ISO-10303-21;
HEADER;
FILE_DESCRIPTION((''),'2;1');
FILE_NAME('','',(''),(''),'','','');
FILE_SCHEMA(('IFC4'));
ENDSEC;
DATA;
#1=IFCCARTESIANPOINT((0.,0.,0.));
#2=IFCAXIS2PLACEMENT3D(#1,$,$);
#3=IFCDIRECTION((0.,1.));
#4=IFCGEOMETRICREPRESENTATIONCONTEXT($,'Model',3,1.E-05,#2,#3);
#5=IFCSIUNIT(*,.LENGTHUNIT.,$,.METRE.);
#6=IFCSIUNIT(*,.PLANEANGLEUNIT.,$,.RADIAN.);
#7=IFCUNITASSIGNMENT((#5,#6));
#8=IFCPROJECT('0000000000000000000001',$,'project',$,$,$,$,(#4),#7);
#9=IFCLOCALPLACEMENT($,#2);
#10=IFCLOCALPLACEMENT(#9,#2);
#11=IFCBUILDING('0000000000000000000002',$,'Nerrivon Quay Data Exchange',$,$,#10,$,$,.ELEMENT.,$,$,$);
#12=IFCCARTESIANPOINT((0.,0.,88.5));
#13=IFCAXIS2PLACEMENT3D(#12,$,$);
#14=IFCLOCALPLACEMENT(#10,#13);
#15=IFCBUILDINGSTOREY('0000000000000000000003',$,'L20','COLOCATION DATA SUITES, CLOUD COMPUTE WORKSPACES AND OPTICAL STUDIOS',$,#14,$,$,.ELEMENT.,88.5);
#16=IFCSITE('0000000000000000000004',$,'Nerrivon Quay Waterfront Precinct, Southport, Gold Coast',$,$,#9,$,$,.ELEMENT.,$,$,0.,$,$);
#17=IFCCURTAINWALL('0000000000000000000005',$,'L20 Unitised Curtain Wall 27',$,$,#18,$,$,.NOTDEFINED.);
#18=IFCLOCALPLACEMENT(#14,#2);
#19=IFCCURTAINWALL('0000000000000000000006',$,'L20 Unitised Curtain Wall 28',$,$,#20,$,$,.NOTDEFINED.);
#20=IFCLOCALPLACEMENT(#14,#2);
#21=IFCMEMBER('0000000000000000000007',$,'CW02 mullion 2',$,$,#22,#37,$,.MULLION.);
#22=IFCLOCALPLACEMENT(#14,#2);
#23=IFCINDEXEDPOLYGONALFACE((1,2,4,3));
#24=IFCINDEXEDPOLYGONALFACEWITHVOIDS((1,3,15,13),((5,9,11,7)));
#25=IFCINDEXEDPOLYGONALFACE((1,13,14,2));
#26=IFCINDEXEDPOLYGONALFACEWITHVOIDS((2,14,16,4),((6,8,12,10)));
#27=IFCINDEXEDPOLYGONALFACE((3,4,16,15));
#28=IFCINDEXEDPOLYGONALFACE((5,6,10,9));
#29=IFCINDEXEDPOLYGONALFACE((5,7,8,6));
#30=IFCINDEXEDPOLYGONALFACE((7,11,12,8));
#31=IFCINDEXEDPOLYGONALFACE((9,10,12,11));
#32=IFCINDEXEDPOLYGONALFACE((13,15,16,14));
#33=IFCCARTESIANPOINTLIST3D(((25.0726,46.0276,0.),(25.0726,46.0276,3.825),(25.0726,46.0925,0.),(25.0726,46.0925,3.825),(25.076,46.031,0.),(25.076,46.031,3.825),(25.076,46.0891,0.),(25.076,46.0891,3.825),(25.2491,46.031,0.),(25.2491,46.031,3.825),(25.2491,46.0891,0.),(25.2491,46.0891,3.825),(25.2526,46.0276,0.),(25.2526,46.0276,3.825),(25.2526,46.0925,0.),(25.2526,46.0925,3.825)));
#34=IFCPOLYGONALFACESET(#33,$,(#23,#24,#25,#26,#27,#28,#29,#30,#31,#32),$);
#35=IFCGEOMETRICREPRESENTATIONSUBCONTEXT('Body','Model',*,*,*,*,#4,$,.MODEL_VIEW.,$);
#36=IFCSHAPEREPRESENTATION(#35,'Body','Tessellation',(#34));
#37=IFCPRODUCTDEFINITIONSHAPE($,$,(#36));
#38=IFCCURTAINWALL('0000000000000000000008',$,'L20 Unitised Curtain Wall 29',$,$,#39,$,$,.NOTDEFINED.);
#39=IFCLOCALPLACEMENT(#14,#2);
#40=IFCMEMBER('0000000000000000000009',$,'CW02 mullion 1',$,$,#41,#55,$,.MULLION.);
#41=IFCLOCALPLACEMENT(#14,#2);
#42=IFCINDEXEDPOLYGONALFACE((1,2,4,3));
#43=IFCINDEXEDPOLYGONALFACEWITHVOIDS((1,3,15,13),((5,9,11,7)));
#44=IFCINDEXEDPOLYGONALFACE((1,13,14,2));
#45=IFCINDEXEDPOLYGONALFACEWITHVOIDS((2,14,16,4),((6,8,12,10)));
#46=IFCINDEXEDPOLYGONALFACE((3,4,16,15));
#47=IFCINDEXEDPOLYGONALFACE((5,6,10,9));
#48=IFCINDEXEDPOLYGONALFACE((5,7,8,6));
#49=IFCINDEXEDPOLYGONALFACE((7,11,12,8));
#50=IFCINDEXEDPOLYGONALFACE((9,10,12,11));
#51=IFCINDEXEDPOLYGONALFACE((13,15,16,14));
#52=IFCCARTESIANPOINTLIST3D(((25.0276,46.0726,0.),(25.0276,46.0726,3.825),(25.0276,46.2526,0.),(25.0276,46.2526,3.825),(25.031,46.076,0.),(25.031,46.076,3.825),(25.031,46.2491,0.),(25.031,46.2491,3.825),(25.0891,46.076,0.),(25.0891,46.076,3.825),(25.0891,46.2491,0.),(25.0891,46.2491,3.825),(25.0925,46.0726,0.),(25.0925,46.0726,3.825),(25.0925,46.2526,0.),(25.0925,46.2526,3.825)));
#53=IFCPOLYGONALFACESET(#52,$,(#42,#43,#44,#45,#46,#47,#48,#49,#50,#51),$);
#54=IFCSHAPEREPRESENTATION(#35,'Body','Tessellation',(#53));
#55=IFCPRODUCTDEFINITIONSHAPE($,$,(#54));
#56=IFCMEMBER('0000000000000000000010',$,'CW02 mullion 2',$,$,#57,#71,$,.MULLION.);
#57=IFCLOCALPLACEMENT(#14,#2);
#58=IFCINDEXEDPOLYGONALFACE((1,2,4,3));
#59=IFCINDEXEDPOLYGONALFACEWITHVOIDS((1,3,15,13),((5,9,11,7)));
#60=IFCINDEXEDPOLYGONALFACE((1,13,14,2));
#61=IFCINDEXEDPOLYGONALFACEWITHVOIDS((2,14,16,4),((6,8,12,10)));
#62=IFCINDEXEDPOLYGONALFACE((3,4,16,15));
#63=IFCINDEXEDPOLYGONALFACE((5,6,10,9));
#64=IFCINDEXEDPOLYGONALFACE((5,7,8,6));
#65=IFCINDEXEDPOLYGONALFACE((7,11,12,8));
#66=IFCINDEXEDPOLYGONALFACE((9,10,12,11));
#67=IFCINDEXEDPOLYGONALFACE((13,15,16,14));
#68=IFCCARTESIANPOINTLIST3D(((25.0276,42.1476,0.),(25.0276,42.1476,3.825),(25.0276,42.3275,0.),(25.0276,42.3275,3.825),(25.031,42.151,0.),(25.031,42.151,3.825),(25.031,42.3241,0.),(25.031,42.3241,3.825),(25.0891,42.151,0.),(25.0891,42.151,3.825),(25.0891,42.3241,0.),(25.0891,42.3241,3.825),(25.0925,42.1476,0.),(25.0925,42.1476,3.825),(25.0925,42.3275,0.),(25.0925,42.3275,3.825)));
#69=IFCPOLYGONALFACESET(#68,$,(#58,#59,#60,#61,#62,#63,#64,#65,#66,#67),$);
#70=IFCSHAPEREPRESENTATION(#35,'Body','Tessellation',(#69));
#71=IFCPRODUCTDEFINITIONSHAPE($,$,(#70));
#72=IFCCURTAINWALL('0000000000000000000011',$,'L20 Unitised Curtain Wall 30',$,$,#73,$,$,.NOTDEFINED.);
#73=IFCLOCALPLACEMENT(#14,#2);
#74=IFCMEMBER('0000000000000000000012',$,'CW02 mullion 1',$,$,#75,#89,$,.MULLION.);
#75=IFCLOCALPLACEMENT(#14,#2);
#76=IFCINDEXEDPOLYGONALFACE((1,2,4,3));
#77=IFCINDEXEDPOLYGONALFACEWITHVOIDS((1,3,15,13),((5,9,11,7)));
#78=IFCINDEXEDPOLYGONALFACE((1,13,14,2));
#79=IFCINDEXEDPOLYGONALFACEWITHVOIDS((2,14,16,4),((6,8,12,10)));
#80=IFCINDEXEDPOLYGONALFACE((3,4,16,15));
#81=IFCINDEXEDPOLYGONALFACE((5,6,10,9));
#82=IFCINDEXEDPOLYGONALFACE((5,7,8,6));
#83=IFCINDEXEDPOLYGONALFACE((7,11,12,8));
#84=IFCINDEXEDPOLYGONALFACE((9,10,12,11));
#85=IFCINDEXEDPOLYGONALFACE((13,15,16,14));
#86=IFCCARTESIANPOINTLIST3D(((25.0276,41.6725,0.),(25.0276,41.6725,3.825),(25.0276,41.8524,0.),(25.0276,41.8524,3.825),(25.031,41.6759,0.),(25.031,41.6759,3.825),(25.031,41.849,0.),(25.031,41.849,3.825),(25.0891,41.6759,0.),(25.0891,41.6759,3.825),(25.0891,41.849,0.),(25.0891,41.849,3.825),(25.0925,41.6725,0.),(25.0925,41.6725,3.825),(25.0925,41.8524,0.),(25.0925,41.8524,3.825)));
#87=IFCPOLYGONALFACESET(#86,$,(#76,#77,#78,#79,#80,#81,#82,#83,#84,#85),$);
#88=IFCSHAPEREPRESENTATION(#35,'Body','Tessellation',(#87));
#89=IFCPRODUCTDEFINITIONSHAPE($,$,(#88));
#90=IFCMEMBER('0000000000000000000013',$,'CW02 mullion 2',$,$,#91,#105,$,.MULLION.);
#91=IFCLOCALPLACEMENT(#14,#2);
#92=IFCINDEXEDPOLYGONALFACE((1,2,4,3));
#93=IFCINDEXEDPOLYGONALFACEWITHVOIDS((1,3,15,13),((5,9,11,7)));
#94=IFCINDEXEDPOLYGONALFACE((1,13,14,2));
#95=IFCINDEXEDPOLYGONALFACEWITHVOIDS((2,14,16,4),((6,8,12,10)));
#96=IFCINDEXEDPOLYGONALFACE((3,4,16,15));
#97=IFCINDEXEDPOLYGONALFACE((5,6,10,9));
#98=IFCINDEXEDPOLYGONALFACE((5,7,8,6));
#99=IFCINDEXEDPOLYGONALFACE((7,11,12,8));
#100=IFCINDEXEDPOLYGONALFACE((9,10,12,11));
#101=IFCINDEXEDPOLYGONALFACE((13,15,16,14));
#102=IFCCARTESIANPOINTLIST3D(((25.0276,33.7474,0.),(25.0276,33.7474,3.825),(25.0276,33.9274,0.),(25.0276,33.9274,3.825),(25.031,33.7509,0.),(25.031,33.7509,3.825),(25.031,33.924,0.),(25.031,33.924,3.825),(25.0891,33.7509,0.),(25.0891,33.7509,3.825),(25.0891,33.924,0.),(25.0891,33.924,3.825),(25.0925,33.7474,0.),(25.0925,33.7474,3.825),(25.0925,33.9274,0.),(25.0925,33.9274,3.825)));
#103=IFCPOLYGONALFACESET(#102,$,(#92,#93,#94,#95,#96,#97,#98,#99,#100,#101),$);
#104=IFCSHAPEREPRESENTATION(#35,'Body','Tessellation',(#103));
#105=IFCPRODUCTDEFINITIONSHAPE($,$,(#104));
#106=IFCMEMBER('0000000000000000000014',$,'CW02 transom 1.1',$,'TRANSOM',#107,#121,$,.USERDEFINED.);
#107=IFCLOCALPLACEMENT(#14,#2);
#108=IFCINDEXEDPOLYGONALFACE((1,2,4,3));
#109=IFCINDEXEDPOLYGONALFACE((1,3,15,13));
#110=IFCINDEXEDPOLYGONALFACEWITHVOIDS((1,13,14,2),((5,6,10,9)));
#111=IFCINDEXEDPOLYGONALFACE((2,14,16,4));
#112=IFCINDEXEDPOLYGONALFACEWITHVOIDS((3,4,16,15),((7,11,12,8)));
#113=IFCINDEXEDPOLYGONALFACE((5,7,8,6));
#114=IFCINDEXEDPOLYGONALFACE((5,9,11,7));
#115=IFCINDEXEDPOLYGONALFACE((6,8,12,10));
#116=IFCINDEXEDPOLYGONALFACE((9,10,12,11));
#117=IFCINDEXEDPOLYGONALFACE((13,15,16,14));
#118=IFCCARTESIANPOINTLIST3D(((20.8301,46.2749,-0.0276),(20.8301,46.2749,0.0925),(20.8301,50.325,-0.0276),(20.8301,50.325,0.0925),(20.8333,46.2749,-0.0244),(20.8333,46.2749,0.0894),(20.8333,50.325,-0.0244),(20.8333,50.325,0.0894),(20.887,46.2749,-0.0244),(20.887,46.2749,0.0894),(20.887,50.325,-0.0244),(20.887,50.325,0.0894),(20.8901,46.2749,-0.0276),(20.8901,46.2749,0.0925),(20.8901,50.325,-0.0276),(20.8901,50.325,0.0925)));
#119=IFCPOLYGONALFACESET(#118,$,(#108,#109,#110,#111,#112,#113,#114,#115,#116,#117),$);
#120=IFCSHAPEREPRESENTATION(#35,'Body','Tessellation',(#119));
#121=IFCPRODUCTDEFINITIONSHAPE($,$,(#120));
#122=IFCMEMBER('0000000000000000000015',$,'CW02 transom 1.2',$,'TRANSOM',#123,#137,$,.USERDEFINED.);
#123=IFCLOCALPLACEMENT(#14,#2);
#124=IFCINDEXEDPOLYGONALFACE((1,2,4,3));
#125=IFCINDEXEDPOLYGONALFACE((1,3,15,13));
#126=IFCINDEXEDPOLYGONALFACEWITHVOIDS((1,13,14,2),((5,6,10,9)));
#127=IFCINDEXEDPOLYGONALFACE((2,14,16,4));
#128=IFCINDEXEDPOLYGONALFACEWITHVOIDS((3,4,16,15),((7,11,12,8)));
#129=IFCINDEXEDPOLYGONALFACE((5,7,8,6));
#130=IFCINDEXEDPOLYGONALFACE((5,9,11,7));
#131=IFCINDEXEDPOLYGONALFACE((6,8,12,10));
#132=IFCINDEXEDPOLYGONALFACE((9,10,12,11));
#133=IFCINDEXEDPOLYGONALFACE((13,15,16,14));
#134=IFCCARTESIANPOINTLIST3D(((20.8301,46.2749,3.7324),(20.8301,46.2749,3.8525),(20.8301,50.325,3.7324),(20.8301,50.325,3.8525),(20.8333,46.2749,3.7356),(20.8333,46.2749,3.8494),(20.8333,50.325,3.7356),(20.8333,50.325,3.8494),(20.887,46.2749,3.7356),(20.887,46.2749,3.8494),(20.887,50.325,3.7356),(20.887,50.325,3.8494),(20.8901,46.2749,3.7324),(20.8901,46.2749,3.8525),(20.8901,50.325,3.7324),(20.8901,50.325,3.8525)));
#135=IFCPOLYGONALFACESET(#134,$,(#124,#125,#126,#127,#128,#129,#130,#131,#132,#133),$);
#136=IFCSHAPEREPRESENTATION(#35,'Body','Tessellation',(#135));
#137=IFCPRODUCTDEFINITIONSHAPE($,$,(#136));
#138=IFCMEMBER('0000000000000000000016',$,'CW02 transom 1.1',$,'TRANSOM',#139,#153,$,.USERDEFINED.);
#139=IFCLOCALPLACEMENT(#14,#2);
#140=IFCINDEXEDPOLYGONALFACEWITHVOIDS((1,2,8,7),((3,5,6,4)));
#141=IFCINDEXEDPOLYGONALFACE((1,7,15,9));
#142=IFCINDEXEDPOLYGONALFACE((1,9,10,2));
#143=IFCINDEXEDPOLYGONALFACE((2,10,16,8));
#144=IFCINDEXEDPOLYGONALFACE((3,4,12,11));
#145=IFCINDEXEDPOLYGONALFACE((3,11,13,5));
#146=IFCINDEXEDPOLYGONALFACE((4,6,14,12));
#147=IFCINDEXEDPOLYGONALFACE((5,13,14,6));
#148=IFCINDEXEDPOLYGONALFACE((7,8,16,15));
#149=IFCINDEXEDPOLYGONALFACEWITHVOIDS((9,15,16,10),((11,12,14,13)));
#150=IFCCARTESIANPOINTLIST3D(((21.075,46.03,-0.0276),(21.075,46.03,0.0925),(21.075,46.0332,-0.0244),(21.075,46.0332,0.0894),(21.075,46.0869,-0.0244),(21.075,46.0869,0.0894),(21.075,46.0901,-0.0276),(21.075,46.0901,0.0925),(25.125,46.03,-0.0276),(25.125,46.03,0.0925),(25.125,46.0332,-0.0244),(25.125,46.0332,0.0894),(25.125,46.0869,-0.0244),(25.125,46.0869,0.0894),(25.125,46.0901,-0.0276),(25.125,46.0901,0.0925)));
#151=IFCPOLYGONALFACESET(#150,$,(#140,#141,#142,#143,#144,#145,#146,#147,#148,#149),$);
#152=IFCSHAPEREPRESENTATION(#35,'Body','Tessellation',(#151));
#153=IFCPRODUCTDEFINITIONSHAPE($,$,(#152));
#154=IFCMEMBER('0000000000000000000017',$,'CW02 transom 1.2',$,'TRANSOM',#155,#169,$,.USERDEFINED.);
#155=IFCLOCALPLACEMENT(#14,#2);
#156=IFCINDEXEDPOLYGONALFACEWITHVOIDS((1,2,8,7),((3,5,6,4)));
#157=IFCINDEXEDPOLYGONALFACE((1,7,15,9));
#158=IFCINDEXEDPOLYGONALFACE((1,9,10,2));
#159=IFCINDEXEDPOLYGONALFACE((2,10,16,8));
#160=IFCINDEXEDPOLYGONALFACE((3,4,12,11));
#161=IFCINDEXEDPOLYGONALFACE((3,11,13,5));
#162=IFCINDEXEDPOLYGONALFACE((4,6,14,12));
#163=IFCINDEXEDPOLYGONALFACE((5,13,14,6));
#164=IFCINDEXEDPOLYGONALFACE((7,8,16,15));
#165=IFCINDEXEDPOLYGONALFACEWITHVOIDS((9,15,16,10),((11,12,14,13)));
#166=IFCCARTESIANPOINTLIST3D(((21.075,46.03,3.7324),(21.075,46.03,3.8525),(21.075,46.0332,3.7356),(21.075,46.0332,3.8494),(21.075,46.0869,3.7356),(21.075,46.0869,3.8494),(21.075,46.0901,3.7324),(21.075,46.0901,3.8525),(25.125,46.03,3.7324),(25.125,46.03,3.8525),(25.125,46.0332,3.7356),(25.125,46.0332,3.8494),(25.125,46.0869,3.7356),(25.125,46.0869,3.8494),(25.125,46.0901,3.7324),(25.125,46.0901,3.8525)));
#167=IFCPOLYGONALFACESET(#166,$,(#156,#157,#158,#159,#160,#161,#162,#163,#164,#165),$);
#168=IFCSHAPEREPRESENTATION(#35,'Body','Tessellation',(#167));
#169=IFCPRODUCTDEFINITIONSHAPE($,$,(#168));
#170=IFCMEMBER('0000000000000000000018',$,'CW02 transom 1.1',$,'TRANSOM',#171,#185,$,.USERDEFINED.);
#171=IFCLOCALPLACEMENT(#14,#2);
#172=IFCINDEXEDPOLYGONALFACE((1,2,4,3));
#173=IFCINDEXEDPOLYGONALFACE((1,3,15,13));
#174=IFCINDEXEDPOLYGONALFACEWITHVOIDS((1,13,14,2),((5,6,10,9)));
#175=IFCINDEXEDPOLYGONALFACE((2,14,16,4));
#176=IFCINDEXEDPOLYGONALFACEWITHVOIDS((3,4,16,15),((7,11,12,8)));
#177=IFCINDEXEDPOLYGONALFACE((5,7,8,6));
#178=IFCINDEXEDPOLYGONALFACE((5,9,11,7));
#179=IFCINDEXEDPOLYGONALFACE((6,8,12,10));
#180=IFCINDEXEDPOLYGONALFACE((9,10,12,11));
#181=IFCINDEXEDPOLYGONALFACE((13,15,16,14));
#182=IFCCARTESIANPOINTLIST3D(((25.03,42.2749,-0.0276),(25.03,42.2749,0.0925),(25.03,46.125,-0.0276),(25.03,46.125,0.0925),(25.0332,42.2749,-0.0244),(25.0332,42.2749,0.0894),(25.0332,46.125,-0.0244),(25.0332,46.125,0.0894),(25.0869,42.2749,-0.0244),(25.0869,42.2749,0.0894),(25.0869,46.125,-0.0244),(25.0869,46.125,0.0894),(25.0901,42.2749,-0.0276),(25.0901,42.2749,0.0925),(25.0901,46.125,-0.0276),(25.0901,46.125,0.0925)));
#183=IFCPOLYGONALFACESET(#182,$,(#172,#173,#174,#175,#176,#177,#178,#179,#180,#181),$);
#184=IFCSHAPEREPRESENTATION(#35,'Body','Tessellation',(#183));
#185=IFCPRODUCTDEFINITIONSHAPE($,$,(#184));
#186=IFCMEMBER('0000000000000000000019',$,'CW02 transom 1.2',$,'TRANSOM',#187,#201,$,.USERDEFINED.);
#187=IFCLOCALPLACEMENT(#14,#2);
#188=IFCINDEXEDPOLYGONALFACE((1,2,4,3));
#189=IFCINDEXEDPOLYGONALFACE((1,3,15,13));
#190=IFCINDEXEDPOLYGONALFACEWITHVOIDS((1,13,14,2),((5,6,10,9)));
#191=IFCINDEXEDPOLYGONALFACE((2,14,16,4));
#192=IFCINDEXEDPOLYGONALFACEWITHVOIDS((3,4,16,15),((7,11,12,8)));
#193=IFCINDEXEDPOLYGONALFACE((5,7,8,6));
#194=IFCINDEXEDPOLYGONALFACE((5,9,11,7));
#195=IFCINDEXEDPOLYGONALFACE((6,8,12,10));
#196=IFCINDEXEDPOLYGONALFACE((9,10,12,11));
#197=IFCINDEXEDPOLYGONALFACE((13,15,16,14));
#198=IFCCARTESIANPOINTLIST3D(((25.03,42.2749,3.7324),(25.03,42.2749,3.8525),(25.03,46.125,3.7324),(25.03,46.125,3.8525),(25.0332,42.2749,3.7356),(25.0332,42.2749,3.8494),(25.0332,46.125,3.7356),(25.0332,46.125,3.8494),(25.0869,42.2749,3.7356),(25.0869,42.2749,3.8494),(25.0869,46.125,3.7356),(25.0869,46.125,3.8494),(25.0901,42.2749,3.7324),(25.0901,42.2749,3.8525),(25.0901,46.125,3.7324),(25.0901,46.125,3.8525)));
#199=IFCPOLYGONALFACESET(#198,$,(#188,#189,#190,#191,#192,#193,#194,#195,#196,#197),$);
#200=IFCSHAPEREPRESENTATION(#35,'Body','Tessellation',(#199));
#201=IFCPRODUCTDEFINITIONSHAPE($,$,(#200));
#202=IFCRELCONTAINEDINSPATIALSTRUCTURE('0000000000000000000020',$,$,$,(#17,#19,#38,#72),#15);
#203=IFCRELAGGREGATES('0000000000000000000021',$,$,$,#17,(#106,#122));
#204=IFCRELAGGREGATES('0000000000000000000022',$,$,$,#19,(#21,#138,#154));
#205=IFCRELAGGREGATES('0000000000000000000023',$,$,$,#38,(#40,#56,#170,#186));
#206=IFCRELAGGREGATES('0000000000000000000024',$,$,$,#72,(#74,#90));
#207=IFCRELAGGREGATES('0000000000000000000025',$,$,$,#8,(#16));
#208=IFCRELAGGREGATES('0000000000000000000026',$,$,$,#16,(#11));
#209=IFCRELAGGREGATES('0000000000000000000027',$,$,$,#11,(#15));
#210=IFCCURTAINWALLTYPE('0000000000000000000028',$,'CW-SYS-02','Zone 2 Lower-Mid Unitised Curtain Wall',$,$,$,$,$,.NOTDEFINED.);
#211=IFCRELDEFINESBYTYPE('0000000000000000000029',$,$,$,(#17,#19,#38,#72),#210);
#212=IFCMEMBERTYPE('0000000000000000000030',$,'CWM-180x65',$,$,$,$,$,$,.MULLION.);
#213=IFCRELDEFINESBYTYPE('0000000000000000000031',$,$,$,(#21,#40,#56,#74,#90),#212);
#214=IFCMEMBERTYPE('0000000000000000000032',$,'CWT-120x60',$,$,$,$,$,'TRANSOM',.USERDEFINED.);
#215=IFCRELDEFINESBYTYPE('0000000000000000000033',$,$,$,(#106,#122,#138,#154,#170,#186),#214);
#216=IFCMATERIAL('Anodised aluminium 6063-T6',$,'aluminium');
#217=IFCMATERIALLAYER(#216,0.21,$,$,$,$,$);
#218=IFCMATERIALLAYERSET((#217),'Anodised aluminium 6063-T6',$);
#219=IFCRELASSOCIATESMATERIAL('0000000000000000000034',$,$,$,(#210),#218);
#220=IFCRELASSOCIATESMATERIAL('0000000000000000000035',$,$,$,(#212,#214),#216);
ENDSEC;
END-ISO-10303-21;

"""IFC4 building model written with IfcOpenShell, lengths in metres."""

from ifc_helpers import new_model, si_unit, direction, frame, origin, origin_2d, place, context, subcontext, project, spatial, hollow_rectangle, extrude, material, layer, layer_set, material_profile, profile_set, type_object, element, aggregate, save


model = new_model("IFC4")

# Units and contexts
model_context = context("Model", 3, precision=1e-05, world=origin(), true_north=direction((0.0, 1.0)))
body_context = subcontext(model_context, "Body", "Model", "MODEL_VIEW")
ifc_project = project(units=[si_unit("LENGTHUNIT", "METRE"), si_unit("PLANEANGLEUNIT", "RADIAN")], contexts=[model_context])

# Site, building, storey
site_placement = place(None, origin())
site = spatial("IfcSite", under=ifc_project, at=site_placement, Name="Nerrivon Quay Waterfront Precinct, Southport, Gold Coast", CompositionType="ELEMENT", RefElevation=0.0)
building_placement = place(site_placement, origin())
building = spatial("IfcBuilding", under=site, at=building_placement, Name="Nerrivon Quay Data Exchange", CompositionType="ELEMENT")
storey_placement = place(building_placement, frame((0.0, 0.0, 88.5)))
storey = spatial("IfcBuildingStorey", under=building, at=storey_placement, Name="L20", Description="COLOCATION DATA SUITES, CLOUD COMPUTE WORKSPACES AND OPTICAL STUDIOS", CompositionType="ELEMENT", Elevation=88.5)

# Shared definitions
ifc_material_1 = material(Name="Anodised aluminium 6063-T6", Category="aluminium")
ifc_layer_1 = layer(ifc_material_1, 0.21)
ifc_layer_set_1 = layer_set([ifc_layer_1], Name="Anodised aluminium 6063-T6")
curtain_wall_type = type_object("IfcCurtainWallType", Name="CW-SYS-02", Description="Zone 2 Lower-Mid Unitised Curtain Wall", PredefinedType="NOTDEFINED", material=ifc_layer_set_1)
ifc_material_profile_1 = material_profile(ifc_material_1, hollow_rectangle(XDim=0.0649, YDim=0.1799, WallThickness=0.0034, at=origin_2d()), Name="ALU-MULL-180x65")
ifc_profile_set_1 = profile_set([ifc_material_profile_1], Name="Anodised aluminium 6063-T6")
member_type_1 = type_object("IfcMemberType", Name="CWM-180x65", PredefinedType="MULLION", material=ifc_profile_set_1)

# Curtain walls, members
curtain_wall_1_placement = place(storey_placement, origin())
curtain_wall_1 = element("IfcCurtainWall", 1, at=curtain_wall_1_placement, inside=storey, type_object=curtain_wall_type, Name="L20 Unitised Curtain Wall 27", PredefinedType="NOTDEFINED")
curtain_wall_2_placement = place(storey_placement, origin())
curtain_wall_2 = element("IfcCurtainWall", 2, at=curtain_wall_2_placement, inside=storey, type_object=curtain_wall_type, Name="L20 Unitised Curtain Wall 28", PredefinedType="NOTDEFINED")
member_1_placement = place(storey_placement, frame((25.1626, 46.0601, 0.0), z_axis=(0.0, 0.0, 1.0), x_axis=(0.0, 1.0, 0.0)))
member_1 = element("IfcMember", 3, at=member_1_placement, type_object=member_type_1, Name="CW02 mullion 2", PredefinedType="MULLION", context=body_context, shape_type="SweptSolid", body=[
    extrude(hollow_rectangle(XDim=0.0649, YDim=0.1799, WallThickness=0.0034, at=origin_2d()), origin(), (0.0, 0.0, 1.0), 3.825),
])
curtain_wall_3_placement = place(storey_placement, origin())
curtain_wall_3 = element("IfcCurtainWall", 4, at=curtain_wall_3_placement, inside=storey, type_object=curtain_wall_type, Name="L20 Unitised Curtain Wall 29", PredefinedType="NOTDEFINED")
member_2_placement = place(storey_placement, frame((25.0601, 46.1626, 0.0), z_axis=(0.0, 0.0, 1.0), x_axis=(1.0, 0.0, 0.0)))
member_2 = element("IfcMember", 5, at=member_2_placement, type_object=member_type_1, Name="CW02 mullion 1", PredefinedType="MULLION", context=body_context, shape_type="SweptSolid", body=[
    extrude(hollow_rectangle(XDim=0.0649, YDim=0.1799, WallThickness=0.0034, at=origin_2d()), origin(), (0.0, 0.0, 1.0), 3.825),
])
member_3_placement = place(storey_placement, frame((25.0601, 42.2375, 0.0), z_axis=(0.0, 0.0, 1.0), x_axis=(1.0, 0.0, 0.0)))
member_3 = element("IfcMember", 6, at=member_3_placement, type_object=member_type_1, Name="CW02 mullion 2", PredefinedType="MULLION", context=body_context, shape_type="SweptSolid", body=[
    extrude(hollow_rectangle(XDim=0.0649, YDim=0.1799, WallThickness=0.0034, at=origin_2d()), origin(), (0.0, 0.0, 1.0), 3.825),
])
curtain_wall_4_placement = place(storey_placement, origin())
curtain_wall_4 = element("IfcCurtainWall", 7, at=curtain_wall_4_placement, inside=storey, type_object=curtain_wall_type, Name="L20 Unitised Curtain Wall 30", PredefinedType="NOTDEFINED")
member_4_placement = place(storey_placement, frame((25.0601, 41.7625, 0.0), z_axis=(0.0, 0.0, 1.0), x_axis=(1.0, 0.0, 0.0)))
member_4 = element("IfcMember", 8, at=member_4_placement, type_object=member_type_1, Name="CW02 mullion 1", PredefinedType="MULLION", context=body_context, shape_type="SweptSolid", body=[
    extrude(hollow_rectangle(XDim=0.0649, YDim=0.1799, WallThickness=0.0034, at=origin_2d()), origin(), (0.0, 0.0, 1.0), 3.825),
])
member_5_placement = place(storey_placement, frame((25.0601, 33.8374, 0.0), z_axis=(0.0, 0.0, 1.0), x_axis=(1.0, 0.0, 0.0)))
member_5 = element("IfcMember", 9, at=member_5_placement, type_object=member_type_1, Name="CW02 mullion 2", PredefinedType="MULLION", context=body_context, shape_type="SweptSolid", body=[
    extrude(hollow_rectangle(XDim=0.0649, YDim=0.1799, WallThickness=0.0034, at=origin_2d()), origin(), (0.0, 0.0, 1.0), 3.825),
])

# Members
ifc_material_profile_2 = material_profile(ifc_material_1, hollow_rectangle(XDim=0.0601, YDim=0.1201, WallThickness=0.0032, at=origin_2d()), Name="ALU-TRAN-120x60")
ifc_profile_set_2 = profile_set([ifc_material_profile_2], Name="Anodised aluminium 6063-T6")
member_type_2 = type_object("IfcMemberType", Name="CWT-120x60", ElementType="TRANSOM", PredefinedType="USERDEFINED", material=ifc_profile_set_2)
member_6_placement = place(storey_placement, frame((20.8601, 50.325, 0.0325), z_axis=(0.0, -1.0, 0.0), x_axis=(1.0, 0.0, 0.0)))
member_6 = element("IfcMember", 10, at=member_6_placement, type_object=member_type_2, Name="CW02 transom 1.1", ObjectType="TRANSOM", PredefinedType="USERDEFINED", context=body_context, shape_type="SweptSolid", body=[
    extrude(hollow_rectangle(XDim=0.0601, YDim=0.1201, WallThickness=0.0032, at=origin_2d()), origin(), (0.0, 0.0, 1.0), 4.05),
])
member_7_placement = place(storey_placement, frame((20.8601, 50.325, 3.7925), z_axis=(0.0, -1.0, 0.0), x_axis=(1.0, 0.0, 0.0)))
member_7 = element("IfcMember", 11, at=member_7_placement, type_object=member_type_2, Name="CW02 transom 1.2", ObjectType="TRANSOM", PredefinedType="USERDEFINED", context=body_context, shape_type="SweptSolid", body=[
    extrude(hollow_rectangle(XDim=0.0601, YDim=0.1201, WallThickness=0.0032, at=origin_2d()), origin(), (0.0, 0.0, 1.0), 4.05),
])
member_8_placement = place(storey_placement, frame((21.075, 46.0601, 0.0325), z_axis=(1.0, 0.0, 0.0), x_axis=(0.0, 1.0, 0.0)))
member_8 = element("IfcMember", 12, at=member_8_placement, type_object=member_type_2, Name="CW02 transom 1.1", ObjectType="TRANSOM", PredefinedType="USERDEFINED", context=body_context, shape_type="SweptSolid", body=[
    extrude(hollow_rectangle(XDim=0.0601, YDim=0.1201, WallThickness=0.0032, at=origin_2d()), origin(), (0.0, 0.0, 1.0), 4.05),
])
member_9_placement = place(storey_placement, frame((21.075, 46.0601, 3.7925), z_axis=(1.0, 0.0, 0.0), x_axis=(0.0, 1.0, 0.0)))
member_9 = element("IfcMember", 13, at=member_9_placement, type_object=member_type_2, Name="CW02 transom 1.2", ObjectType="TRANSOM", PredefinedType="USERDEFINED", context=body_context, shape_type="SweptSolid", body=[
    extrude(hollow_rectangle(XDim=0.0601, YDim=0.1201, WallThickness=0.0032, at=origin_2d()), origin(), (0.0, 0.0, 1.0), 4.05),
])
member_10_placement = place(storey_placement, frame((25.0601, 46.125, 0.0325), z_axis=(0.0, -1.0, 0.0), x_axis=(1.0, 0.0, 0.0)))
member_10 = element("IfcMember", 14, at=member_10_placement, type_object=member_type_2, Name="CW02 transom 1.1", ObjectType="TRANSOM", PredefinedType="USERDEFINED", context=body_context, shape_type="SweptSolid", body=[
    extrude(hollow_rectangle(XDim=0.0601, YDim=0.1201, WallThickness=0.0032, at=origin_2d()), origin(), (0.0, 0.0, 1.0), 3.8501),
])
member_11_placement = place(storey_placement, frame((25.0601, 46.125, 3.7925), z_axis=(0.0, -1.0, 0.0), x_axis=(1.0, 0.0, 0.0)))
member_11 = element("IfcMember", 15, at=member_11_placement, type_object=member_type_2, Name="CW02 transom 1.2", ObjectType="TRANSOM", PredefinedType="USERDEFINED", context=body_context, shape_type="SweptSolid", body=[
    extrude(hollow_rectangle(XDim=0.0601, YDim=0.1201, WallThickness=0.0032, at=origin_2d()), origin(), (0.0, 0.0, 1.0), 3.8501),
])

aggregate(curtain_wall_1, [member_6, member_7])
aggregate(curtain_wall_2, [member_1, member_8, member_9])
aggregate(curtain_wall_3, [member_2, member_3, member_10, member_11])
aggregate(curtain_wall_4, [member_4, member_5])

save(model, "model.ifc")
